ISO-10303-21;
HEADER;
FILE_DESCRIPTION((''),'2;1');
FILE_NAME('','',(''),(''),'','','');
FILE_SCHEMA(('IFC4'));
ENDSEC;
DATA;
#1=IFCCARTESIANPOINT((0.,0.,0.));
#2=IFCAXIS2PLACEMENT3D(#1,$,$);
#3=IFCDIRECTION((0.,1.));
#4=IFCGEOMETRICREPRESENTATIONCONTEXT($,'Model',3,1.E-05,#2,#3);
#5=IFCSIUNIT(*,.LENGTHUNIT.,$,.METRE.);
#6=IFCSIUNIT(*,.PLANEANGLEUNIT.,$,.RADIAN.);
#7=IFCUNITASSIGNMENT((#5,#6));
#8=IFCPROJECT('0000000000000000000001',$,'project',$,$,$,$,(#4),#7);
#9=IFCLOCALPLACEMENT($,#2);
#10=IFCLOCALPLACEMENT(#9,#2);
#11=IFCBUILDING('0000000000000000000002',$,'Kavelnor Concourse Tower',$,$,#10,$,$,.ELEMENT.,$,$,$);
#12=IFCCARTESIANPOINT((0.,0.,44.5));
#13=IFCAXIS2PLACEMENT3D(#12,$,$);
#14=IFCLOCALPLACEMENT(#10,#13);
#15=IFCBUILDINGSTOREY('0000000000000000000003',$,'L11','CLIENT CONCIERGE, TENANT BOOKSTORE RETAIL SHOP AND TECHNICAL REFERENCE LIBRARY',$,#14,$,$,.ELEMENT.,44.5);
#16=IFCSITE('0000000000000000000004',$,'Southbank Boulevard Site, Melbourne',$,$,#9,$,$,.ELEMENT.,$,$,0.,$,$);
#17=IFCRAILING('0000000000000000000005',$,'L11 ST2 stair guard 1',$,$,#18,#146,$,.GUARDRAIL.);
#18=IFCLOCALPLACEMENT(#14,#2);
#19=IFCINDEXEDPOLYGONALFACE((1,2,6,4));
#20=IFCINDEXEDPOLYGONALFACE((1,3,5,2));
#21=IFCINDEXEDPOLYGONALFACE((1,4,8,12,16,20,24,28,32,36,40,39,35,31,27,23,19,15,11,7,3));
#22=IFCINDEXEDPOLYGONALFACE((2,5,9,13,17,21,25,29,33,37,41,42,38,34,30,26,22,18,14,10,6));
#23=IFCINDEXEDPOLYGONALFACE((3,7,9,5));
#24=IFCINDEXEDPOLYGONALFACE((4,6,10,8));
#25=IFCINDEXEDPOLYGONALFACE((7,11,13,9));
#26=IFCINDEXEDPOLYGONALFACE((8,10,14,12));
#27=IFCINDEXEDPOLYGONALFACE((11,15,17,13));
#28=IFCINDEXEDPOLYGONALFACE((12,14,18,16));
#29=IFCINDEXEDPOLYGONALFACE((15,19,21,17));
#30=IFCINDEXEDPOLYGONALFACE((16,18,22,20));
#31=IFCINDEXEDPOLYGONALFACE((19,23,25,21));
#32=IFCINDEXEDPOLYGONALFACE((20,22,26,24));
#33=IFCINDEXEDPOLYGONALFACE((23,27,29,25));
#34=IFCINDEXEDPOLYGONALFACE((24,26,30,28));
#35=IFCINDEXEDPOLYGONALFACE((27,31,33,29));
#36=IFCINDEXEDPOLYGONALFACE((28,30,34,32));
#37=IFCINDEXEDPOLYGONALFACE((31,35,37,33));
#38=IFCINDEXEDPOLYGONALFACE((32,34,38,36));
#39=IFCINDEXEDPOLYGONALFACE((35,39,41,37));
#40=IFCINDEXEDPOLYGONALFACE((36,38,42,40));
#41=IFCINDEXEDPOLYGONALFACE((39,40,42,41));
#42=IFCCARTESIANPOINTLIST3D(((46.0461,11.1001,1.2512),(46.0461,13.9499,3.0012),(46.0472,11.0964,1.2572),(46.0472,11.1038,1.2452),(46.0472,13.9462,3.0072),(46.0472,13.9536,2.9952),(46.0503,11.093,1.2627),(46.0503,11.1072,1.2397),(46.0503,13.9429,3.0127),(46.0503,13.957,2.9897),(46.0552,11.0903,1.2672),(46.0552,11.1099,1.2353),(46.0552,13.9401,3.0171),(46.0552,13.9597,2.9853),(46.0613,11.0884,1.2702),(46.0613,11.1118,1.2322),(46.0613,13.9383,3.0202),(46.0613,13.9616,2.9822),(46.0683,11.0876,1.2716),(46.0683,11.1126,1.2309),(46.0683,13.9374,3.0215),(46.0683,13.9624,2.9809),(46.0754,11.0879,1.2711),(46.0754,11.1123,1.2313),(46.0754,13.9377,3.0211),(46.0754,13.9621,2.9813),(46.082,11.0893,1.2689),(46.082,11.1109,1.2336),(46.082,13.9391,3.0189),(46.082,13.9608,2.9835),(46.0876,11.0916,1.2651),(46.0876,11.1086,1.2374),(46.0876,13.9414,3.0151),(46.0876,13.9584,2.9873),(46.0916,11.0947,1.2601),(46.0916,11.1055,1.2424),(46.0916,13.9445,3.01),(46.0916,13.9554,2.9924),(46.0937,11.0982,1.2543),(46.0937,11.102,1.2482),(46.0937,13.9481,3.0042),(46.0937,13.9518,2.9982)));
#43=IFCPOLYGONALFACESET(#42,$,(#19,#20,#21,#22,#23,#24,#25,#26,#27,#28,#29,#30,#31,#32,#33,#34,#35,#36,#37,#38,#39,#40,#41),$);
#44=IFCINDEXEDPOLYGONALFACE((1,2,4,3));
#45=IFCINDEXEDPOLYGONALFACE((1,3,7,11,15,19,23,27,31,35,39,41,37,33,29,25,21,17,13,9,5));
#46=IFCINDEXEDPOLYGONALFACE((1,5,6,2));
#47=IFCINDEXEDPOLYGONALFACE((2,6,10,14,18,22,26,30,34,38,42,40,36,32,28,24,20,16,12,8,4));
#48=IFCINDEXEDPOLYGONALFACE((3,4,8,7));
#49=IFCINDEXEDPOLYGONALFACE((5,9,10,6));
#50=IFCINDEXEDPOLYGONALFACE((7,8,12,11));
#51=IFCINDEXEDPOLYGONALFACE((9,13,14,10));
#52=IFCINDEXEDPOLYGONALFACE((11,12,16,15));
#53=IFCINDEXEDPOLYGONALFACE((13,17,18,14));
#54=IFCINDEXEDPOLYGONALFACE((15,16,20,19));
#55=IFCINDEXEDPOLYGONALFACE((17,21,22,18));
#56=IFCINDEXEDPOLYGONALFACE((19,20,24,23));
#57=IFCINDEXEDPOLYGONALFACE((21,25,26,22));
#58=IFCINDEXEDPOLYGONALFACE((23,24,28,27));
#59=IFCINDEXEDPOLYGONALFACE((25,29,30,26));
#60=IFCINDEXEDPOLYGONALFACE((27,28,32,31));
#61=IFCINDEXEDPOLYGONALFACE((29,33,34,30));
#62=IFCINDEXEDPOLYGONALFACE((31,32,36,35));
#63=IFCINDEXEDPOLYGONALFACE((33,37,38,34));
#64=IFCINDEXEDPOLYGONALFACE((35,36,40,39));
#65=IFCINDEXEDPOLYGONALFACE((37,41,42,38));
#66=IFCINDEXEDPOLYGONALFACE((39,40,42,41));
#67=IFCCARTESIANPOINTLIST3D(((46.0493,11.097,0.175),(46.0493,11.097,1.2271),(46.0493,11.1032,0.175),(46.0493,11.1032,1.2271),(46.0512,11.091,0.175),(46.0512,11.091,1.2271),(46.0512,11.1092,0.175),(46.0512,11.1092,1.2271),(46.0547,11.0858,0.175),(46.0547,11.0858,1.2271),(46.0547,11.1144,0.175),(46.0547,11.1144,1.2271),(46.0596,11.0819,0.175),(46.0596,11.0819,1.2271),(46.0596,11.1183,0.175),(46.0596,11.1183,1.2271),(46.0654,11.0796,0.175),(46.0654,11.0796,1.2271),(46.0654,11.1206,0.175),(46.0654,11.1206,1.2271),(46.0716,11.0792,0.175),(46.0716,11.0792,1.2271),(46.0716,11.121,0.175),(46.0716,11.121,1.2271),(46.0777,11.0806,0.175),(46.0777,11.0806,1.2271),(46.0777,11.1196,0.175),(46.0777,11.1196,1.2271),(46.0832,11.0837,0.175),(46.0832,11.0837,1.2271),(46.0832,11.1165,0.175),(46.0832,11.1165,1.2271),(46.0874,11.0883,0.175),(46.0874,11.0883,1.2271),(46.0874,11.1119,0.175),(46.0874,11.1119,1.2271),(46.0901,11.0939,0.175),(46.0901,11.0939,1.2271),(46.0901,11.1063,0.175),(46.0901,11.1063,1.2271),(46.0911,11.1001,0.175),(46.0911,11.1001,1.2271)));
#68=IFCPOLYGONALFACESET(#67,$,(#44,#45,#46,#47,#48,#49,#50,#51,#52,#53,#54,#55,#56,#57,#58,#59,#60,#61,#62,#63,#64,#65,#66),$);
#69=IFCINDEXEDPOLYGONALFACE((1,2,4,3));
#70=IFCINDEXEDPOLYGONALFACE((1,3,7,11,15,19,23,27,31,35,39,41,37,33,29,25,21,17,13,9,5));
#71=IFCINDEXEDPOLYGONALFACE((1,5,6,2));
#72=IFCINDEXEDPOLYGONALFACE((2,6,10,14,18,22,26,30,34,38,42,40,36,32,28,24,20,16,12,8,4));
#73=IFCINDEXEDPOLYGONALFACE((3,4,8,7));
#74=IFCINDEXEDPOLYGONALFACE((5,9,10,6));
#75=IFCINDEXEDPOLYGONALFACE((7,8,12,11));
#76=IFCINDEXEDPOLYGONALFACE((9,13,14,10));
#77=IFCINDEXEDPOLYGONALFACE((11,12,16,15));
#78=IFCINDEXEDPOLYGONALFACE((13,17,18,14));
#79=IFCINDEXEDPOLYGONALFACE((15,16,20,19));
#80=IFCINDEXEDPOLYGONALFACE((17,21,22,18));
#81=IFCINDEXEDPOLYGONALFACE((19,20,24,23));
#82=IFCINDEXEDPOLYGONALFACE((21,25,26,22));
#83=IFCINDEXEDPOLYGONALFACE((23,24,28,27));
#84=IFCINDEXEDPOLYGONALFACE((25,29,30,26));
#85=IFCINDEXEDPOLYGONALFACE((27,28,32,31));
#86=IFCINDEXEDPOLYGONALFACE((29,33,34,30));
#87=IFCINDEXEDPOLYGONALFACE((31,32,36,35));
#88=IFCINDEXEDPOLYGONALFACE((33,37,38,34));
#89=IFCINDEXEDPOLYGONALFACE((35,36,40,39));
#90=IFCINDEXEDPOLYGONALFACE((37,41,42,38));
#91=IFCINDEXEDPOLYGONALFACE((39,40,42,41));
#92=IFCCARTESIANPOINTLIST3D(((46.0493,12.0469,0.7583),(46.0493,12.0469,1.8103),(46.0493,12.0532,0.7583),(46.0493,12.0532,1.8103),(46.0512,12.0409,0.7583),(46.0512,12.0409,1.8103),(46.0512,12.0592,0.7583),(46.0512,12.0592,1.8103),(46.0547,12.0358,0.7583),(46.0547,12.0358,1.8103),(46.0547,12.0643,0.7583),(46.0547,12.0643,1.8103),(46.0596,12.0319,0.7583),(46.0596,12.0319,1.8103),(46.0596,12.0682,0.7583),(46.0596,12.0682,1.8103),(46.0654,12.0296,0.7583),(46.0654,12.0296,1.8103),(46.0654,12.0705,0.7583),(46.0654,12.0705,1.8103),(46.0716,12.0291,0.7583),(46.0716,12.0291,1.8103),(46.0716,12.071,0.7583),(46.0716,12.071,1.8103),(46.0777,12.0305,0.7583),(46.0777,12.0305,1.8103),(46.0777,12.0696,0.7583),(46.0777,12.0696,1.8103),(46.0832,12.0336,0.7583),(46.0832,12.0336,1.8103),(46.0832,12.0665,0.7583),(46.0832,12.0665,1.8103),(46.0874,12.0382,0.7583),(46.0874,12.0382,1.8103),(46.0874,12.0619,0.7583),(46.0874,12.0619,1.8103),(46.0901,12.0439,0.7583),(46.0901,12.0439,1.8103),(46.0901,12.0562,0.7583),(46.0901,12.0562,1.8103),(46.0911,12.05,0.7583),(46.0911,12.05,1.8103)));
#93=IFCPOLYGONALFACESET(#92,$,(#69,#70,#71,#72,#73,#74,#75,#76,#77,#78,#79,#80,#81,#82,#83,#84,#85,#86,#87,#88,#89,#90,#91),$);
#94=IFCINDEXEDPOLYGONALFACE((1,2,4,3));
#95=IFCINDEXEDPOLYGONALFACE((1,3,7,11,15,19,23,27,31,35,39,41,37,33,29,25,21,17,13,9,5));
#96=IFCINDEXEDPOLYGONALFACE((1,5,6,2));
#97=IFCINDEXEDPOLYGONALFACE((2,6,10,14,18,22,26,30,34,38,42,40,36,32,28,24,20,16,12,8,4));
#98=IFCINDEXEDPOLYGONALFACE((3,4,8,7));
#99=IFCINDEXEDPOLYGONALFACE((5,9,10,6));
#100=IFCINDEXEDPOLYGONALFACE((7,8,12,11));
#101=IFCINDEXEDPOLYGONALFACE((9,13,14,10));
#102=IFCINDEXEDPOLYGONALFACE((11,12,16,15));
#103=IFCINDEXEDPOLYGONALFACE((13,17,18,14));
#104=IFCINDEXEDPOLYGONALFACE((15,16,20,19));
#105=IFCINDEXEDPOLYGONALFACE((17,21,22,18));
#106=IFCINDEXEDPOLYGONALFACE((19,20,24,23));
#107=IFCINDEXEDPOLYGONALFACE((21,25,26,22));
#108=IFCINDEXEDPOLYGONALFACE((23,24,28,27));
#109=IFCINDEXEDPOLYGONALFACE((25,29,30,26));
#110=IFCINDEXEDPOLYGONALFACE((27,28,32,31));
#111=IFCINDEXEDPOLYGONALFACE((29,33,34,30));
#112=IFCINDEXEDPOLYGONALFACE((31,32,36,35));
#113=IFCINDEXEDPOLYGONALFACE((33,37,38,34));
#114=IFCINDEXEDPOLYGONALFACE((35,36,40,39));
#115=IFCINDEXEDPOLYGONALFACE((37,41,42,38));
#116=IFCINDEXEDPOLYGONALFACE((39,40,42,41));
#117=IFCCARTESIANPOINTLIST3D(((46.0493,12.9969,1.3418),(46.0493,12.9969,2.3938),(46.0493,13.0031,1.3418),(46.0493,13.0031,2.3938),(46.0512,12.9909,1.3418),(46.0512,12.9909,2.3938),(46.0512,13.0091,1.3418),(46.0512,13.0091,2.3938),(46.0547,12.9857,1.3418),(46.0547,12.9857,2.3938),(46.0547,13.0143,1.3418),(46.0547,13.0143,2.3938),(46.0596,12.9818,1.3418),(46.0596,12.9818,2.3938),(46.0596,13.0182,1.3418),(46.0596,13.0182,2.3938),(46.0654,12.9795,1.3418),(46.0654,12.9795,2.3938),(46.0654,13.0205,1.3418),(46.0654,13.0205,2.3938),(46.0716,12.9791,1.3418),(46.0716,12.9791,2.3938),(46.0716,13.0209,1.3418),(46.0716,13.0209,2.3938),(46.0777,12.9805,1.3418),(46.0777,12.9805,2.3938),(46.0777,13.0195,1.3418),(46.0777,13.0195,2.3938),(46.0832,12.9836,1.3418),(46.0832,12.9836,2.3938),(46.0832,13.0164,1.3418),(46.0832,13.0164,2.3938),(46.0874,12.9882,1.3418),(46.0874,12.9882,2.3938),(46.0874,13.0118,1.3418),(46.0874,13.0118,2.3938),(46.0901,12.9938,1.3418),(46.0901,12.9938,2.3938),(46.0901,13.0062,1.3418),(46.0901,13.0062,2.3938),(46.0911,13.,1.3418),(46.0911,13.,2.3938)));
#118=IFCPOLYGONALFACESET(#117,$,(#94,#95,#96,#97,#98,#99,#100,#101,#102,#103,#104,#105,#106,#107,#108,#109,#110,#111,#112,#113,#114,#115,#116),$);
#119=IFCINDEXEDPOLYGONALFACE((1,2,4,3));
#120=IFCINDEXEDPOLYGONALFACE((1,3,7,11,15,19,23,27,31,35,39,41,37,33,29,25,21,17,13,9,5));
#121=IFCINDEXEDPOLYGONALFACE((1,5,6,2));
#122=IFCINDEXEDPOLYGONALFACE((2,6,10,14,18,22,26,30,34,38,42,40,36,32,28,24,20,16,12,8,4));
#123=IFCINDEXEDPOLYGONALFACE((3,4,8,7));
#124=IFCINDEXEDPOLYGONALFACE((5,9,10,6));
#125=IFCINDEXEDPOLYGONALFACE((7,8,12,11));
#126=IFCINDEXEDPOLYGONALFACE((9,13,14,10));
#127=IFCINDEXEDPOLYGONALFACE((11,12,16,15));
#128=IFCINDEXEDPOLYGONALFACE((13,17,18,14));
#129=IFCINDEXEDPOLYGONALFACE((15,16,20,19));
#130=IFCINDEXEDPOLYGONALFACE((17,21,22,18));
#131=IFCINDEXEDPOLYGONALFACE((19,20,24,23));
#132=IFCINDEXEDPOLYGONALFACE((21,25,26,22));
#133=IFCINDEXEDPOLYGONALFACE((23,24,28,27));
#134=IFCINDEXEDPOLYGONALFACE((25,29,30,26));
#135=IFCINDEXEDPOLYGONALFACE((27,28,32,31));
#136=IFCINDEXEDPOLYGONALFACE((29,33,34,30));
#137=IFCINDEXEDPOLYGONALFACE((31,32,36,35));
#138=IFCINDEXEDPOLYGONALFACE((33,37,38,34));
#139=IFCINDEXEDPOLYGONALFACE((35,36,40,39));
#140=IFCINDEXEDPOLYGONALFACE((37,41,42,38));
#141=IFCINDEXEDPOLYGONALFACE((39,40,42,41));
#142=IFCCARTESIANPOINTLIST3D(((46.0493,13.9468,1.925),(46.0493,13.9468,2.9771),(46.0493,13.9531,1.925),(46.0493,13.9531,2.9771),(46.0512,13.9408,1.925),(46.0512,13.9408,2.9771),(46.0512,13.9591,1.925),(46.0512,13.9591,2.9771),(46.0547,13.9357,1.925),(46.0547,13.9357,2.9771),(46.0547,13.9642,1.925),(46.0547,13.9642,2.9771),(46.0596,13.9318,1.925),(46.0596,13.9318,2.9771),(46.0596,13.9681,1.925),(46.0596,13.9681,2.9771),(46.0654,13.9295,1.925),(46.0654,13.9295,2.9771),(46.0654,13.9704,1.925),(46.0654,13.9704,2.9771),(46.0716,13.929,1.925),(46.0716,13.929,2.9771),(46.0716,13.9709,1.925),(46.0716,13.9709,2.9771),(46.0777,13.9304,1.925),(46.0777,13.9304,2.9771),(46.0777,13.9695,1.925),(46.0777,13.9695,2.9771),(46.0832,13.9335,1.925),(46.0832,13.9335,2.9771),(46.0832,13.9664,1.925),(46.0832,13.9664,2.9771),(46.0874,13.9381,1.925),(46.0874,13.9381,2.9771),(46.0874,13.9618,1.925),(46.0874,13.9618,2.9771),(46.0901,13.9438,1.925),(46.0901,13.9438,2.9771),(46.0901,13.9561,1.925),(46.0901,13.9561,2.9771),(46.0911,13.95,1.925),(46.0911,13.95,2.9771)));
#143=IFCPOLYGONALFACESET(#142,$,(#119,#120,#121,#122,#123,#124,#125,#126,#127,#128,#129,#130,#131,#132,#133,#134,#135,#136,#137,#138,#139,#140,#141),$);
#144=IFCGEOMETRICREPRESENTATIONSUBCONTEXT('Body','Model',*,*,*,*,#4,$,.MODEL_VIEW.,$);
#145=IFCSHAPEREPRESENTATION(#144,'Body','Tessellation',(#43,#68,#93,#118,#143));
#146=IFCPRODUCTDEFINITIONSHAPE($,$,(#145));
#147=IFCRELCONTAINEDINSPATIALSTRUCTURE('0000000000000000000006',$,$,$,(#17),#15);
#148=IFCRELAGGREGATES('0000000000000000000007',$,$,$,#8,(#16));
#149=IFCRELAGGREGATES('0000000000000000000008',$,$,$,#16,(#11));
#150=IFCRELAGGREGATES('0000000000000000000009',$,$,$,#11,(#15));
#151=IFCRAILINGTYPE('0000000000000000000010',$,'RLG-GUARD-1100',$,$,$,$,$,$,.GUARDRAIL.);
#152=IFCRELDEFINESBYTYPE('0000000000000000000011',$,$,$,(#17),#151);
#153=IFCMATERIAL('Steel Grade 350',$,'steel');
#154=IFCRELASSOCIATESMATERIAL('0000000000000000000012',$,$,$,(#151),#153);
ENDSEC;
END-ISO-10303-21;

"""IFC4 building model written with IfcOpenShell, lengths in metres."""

from ifc_helpers import new_model, si_unit, direction, frame, origin, origin_2d, place, context, subcontext, project, spatial, circle, extrude, material, type_object, element, save


model = new_model("IFC4")

# Units and contexts
model_context = context("Model", 3, precision=1e-05, world=origin(), true_north=direction((0.0, 1.0)))
body_context = subcontext(model_context, "Body", "Model", "MODEL_VIEW")
ifc_project = project(units=[si_unit("LENGTHUNIT", "METRE"), si_unit("PLANEANGLEUNIT", "RADIAN")], contexts=[model_context])

# Site, building, storey
site_placement = place(None, origin())
site = spatial("IfcSite", under=ifc_project, at=site_placement, Name="Southbank Boulevard Site, Melbourne", CompositionType="ELEMENT", RefElevation=0.0)
building_placement = place(site_placement, origin())
building = spatial("IfcBuilding", under=site, at=building_placement, Name="Kavelnor Concourse Tower", CompositionType="ELEMENT")
storey_placement = place(building_placement, frame((0.0, 0.0, 44.5)))
storey = spatial("IfcBuildingStorey", under=building, at=storey_placement, Name="L11", Description="CLIENT CONCIERGE, TENANT BOOKSTORE RETAIL SHOP AND TECHNICAL REFERENCE LIBRARY", CompositionType="ELEMENT", Elevation=44.5)

# Shared definitions
ifc_material_1 = material(Name="Steel Grade 350", Category="steel")

# Railing
railing_type_1 = type_object("IfcRailingType", Name="RLG-GUARD-1100", PredefinedType="GUARDRAIL", material=ifc_material_1)
railing_1_placement = place(storey_placement, frame((46.0701, 11.1001, 0.175)))
element("IfcRailing", 1, at=railing_1_placement, inside=storey, type_object=railing_type_1, Name="L11 ST2 stair guard 1", PredefinedType="GUARDRAIL", context=body_context, shape_type="SweptSolid", body=[
    extrude(circle(Radius=0.0239, at=origin_2d()), frame((0.0, 0.0, 1.0762), z_axis=(0.0, 0.852159, 0.523283), x_axis=(-1.0, 0.0, 0.0)), (0.0, 0.0, 1.0), 3.3442),
    extrude(circle(Radius=0.021, at=origin_2d()), origin(), (0.0, 0.0, 1.0), 1.052),
    extrude(circle(Radius=0.021, at=origin_2d()), frame((0.0, 0.95, 0.5833)), (0.0, 0.0, 1.0), 1.052),
    extrude(circle(Radius=0.021, at=origin_2d()), frame((0.0, 1.8999, 1.1667)), (0.0, 0.0, 1.0), 1.052),
    extrude(circle(Radius=0.021, at=origin_2d()), frame((0.0, 2.8499, 1.75)), (0.0, 0.0, 1.0), 1.052),
])

save(model, "model.ifc")
